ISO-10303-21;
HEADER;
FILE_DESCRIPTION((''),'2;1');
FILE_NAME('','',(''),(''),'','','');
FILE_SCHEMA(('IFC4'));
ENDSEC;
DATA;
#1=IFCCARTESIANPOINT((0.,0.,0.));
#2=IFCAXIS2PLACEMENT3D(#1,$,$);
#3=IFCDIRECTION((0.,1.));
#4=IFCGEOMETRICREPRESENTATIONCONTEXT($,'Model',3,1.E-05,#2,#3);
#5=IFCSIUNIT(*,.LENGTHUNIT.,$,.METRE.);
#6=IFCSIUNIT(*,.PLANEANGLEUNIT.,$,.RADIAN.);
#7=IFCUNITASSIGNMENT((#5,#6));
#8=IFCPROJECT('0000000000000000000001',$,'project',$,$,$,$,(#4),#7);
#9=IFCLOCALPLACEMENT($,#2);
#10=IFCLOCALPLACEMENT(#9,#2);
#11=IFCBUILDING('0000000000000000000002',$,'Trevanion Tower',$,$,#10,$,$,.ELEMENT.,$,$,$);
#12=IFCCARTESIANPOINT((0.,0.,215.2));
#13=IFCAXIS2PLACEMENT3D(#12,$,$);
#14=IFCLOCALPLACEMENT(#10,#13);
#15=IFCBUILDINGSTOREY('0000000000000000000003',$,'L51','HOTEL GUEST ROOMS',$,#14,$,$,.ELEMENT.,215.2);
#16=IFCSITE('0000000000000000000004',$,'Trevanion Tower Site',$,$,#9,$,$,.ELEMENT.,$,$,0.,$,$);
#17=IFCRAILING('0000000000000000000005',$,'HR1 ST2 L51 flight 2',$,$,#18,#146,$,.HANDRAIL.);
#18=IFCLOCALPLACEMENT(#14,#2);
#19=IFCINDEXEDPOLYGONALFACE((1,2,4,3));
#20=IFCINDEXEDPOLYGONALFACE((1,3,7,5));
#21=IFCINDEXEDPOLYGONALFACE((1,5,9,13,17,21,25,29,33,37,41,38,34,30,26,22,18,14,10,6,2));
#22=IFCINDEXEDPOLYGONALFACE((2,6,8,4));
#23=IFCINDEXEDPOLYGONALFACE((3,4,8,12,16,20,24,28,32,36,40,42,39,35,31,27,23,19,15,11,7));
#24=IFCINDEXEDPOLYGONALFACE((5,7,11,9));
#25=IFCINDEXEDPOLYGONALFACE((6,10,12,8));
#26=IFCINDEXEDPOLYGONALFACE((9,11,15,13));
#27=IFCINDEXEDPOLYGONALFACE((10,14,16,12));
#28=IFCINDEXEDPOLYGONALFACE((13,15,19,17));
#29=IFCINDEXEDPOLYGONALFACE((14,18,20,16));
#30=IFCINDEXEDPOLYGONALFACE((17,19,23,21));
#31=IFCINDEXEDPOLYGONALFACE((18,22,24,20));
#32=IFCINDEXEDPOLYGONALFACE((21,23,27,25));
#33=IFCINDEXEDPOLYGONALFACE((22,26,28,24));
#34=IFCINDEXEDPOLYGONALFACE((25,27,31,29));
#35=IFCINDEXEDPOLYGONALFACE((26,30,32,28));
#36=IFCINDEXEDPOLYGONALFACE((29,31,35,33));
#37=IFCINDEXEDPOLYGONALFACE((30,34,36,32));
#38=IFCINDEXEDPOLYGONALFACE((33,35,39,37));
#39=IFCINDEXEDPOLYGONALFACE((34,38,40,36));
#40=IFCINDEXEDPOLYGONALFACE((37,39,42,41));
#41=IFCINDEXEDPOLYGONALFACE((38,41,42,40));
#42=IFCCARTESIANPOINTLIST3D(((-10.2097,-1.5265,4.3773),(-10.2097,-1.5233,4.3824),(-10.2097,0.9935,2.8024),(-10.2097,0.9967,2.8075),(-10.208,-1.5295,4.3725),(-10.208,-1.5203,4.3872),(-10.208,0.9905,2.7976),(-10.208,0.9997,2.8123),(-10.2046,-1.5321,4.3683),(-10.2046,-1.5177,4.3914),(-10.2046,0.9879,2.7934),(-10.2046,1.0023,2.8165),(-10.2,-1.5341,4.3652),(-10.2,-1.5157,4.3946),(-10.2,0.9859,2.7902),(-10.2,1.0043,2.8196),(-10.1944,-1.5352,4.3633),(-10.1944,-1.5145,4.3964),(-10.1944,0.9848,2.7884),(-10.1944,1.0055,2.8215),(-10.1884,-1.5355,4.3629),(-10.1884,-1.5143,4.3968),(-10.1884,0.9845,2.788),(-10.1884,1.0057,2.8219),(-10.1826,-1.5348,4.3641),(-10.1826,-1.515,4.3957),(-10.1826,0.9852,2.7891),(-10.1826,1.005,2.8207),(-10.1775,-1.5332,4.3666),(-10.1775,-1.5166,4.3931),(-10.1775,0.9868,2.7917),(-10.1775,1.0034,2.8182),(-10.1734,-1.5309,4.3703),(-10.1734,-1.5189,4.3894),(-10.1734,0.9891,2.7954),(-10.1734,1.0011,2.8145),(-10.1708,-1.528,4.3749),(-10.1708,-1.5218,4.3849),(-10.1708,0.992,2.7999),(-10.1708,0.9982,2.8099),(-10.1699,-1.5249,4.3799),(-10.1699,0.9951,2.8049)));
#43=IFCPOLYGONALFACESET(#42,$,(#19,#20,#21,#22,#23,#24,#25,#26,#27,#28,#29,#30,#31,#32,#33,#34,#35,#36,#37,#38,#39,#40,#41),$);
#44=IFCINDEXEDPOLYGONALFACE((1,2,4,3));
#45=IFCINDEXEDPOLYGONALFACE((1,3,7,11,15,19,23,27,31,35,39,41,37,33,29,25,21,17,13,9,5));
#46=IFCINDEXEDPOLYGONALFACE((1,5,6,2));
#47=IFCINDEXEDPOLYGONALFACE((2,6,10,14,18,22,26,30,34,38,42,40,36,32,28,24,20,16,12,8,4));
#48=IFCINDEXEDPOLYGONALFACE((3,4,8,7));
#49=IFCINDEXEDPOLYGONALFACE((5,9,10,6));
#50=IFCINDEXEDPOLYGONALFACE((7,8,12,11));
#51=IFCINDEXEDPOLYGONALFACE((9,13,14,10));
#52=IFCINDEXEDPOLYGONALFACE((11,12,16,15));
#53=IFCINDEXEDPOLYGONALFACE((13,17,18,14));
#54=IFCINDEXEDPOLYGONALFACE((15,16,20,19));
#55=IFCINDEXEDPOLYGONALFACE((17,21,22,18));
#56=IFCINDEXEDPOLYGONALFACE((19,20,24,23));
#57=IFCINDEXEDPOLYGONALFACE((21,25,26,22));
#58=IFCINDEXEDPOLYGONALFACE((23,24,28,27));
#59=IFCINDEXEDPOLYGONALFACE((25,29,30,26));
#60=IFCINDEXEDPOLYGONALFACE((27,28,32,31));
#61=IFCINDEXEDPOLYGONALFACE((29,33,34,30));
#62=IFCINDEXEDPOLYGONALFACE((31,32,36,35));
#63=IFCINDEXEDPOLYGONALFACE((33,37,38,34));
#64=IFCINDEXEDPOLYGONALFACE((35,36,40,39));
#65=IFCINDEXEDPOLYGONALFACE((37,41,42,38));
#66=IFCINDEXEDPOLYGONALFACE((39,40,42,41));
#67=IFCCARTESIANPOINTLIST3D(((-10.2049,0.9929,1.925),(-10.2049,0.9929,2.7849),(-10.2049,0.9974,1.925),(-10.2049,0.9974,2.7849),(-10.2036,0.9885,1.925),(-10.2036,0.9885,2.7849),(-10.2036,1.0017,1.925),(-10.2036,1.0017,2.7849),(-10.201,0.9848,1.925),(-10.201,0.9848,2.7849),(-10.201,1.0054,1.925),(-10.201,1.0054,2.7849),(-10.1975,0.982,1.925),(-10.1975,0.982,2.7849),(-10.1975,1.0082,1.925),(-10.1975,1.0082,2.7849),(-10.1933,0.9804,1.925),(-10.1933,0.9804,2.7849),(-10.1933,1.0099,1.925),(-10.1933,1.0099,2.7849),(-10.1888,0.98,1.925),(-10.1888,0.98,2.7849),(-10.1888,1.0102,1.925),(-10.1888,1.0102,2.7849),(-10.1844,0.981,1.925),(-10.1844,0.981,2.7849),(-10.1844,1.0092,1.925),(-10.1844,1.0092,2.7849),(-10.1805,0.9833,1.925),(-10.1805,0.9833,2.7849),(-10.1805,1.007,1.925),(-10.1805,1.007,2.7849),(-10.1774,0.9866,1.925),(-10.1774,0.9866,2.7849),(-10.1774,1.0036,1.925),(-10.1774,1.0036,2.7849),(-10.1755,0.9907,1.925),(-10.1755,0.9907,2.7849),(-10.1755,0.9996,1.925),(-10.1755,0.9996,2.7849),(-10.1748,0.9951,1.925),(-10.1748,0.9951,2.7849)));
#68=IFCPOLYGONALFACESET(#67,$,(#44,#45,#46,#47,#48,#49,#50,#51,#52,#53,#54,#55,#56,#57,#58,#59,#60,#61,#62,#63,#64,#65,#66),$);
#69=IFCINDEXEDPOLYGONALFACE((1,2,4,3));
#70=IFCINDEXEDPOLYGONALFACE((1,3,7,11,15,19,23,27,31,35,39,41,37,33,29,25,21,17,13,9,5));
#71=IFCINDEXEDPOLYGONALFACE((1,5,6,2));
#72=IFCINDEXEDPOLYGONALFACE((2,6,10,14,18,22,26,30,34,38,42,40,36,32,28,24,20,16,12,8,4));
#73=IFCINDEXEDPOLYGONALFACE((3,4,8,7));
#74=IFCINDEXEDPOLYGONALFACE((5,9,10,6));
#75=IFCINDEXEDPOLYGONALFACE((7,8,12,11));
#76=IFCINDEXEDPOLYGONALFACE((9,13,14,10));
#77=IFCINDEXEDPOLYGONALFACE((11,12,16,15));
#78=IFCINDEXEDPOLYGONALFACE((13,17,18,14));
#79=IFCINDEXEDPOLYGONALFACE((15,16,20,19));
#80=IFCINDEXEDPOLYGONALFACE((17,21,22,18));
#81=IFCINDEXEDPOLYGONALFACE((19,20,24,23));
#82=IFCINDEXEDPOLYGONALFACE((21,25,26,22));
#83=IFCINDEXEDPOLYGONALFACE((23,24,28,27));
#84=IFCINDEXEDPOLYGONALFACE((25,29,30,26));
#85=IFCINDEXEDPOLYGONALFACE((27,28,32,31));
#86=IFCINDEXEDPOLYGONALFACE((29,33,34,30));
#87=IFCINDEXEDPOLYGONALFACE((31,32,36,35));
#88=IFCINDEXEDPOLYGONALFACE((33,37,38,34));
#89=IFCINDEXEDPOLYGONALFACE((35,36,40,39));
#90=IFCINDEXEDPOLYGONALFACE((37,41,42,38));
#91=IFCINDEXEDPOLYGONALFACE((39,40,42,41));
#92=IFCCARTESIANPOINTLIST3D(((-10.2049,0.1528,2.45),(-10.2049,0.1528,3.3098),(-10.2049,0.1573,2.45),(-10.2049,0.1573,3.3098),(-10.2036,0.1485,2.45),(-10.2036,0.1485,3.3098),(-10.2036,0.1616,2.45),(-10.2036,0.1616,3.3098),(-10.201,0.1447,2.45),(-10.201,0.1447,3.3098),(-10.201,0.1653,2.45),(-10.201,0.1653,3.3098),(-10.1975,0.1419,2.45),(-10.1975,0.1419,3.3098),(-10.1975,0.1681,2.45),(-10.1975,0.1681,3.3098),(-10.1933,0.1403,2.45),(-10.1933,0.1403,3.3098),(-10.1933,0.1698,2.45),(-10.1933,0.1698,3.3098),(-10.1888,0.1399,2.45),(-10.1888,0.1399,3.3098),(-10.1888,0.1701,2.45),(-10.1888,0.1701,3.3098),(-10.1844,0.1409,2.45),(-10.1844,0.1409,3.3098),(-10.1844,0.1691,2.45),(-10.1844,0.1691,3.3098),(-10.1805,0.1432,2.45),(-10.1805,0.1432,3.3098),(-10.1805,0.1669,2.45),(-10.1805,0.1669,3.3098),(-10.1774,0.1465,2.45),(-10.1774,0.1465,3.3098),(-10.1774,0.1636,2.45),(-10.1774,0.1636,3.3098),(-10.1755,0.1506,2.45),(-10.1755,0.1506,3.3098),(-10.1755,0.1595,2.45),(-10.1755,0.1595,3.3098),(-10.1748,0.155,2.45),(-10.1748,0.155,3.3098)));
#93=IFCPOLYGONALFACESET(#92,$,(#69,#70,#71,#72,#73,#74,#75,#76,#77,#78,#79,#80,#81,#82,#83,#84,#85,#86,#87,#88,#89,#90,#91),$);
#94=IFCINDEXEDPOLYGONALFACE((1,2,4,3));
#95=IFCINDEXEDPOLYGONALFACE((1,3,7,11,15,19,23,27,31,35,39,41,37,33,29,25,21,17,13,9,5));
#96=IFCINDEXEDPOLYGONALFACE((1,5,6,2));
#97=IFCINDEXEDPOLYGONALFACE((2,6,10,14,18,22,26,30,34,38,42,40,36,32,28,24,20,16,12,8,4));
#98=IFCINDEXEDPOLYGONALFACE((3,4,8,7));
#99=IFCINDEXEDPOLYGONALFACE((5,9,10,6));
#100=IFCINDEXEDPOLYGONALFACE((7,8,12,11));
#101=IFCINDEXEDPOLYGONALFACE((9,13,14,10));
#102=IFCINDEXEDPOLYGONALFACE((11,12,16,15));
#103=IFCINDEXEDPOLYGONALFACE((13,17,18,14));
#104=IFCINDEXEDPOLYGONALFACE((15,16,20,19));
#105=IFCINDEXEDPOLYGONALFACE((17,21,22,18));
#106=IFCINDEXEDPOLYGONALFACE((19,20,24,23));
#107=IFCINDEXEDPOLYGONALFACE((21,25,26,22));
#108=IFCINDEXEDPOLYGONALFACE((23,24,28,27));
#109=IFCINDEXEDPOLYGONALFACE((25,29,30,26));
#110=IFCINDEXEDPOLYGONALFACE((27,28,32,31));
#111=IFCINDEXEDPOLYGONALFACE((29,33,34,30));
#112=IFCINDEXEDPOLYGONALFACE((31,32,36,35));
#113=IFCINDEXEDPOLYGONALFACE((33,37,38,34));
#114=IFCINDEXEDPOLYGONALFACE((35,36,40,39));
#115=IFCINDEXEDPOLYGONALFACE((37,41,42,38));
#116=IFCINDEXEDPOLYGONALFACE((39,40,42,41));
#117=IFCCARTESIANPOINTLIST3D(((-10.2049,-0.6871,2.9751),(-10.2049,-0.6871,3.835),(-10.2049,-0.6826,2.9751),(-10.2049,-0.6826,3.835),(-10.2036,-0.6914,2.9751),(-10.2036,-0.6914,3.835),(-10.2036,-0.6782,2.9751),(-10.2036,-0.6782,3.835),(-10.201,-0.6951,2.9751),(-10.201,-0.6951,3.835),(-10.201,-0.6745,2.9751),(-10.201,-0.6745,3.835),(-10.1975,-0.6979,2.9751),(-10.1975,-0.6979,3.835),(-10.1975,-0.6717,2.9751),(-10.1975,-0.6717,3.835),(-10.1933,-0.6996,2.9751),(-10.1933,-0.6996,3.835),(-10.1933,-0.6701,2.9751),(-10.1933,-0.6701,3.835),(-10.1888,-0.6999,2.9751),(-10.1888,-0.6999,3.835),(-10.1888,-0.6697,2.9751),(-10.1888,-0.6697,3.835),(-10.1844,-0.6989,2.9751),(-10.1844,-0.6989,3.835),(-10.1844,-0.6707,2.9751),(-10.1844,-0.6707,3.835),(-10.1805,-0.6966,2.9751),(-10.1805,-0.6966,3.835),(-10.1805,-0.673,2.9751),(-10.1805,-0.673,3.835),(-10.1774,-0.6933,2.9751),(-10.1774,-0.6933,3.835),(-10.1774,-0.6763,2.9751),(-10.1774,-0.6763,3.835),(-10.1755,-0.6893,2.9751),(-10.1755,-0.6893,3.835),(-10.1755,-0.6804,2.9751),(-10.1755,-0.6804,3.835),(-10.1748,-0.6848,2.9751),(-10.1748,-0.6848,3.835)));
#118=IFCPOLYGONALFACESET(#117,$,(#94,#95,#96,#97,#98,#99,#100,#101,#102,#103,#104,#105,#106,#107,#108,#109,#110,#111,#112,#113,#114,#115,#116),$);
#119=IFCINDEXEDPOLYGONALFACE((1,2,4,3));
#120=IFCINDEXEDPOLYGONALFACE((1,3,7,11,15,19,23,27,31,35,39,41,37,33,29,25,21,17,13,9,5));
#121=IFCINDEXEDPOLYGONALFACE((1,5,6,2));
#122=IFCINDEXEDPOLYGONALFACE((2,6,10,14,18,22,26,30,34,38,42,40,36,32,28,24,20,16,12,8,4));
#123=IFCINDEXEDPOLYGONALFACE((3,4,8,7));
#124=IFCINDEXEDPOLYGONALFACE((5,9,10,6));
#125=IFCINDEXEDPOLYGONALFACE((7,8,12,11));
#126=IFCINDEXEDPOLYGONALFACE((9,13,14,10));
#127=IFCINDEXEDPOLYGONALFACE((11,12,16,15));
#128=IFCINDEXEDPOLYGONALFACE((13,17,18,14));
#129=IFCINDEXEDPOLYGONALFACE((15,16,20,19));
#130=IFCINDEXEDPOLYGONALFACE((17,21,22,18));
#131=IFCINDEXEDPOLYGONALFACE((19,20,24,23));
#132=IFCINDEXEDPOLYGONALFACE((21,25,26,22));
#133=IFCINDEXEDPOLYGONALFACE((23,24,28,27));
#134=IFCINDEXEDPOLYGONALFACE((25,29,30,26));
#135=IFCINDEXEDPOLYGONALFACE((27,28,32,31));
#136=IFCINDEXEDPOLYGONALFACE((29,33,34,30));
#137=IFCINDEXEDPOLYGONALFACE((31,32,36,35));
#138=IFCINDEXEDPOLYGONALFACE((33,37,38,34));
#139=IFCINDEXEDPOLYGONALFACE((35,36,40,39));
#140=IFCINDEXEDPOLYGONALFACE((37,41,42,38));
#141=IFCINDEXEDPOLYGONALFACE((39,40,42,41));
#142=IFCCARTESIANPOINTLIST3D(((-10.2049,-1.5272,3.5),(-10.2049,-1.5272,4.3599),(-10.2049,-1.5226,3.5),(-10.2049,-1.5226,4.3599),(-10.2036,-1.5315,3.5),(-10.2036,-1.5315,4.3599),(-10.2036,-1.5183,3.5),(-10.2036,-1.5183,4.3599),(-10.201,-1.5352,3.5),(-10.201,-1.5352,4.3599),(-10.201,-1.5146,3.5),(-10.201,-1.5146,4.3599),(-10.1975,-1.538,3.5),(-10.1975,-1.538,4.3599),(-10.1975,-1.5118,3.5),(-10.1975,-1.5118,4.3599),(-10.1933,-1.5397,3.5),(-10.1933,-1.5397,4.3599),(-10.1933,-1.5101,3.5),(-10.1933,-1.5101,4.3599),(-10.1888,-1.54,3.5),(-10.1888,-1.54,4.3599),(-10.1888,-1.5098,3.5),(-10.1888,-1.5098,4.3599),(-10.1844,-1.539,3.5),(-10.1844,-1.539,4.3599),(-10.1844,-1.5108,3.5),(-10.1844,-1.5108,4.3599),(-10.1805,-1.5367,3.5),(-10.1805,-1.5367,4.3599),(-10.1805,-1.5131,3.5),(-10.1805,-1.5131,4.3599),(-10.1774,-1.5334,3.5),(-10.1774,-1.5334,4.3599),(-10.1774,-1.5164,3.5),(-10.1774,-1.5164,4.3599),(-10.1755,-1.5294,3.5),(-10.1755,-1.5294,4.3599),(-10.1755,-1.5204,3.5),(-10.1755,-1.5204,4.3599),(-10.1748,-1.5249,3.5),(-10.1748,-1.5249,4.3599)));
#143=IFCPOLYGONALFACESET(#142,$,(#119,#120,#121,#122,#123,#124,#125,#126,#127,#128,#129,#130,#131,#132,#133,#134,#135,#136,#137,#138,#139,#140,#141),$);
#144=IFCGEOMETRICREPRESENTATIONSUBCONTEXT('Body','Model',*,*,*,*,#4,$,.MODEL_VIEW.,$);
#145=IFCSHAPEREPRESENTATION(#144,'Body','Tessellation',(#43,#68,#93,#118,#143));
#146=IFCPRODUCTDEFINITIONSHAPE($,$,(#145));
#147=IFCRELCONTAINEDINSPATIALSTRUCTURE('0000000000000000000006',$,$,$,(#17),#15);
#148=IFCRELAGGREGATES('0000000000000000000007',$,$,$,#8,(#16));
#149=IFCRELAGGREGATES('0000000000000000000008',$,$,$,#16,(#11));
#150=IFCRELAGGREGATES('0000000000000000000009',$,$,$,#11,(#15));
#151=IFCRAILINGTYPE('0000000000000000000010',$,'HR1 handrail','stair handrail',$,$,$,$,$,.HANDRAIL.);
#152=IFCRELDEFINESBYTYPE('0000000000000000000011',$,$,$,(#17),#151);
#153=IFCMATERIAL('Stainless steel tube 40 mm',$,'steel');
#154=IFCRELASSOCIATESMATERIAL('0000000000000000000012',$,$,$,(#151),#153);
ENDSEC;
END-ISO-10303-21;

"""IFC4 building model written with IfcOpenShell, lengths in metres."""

from ifc_helpers import new_model, si_unit, direction, frame, origin, origin_2d, place, context, subcontext, project, spatial, circle, extrude, material, type_object, element, save


model = new_model("IFC4")

# Units and contexts
model_context = context("Model", 3, precision=1e-05, world=origin(), true_north=direction((0.0, 1.0)))
body_context = subcontext(model_context, "Body", "Model", "MODEL_VIEW")
ifc_project = project(units=[si_unit("LENGTHUNIT", "METRE"), si_unit("PLANEANGLEUNIT", "RADIAN")], contexts=[model_context])

# Site, building, storey
site_placement = place(None, origin())
site = spatial("IfcSite", under=ifc_project, at=site_placement, Name="Trevanion Tower Site", CompositionType="ELEMENT", RefElevation=0.0)
building_placement = place(site_placement, origin())
building = spatial("IfcBuilding", under=site, at=building_placement, Name="Trevanion Tower", CompositionType="ELEMENT")
storey_placement = place(building_placement, frame((0.0, 0.0, 215.2)))
storey = spatial("IfcBuildingStorey", under=building, at=storey_placement, Name="L51", Description="HOTEL GUEST ROOMS", CompositionType="ELEMENT", Elevation=215.2)

# Railing
ifc_material_1 = material(Name="Stainless steel tube 40 mm", Category="steel")
railing_type = type_object("IfcRailingType", Name="HR1 handrail", Description="stair handrail", PredefinedType="HANDRAIL", material=ifc_material_1)
railing_placement = place(storey_placement, frame((-10.1899, 0.9951, 1.925)))
element("IfcRailing", 1, at=railing_placement, inside=storey, type_object=railing_type, Name="HR1 ST2 L51 flight 2", PredefinedType="HANDRAIL", context=body_context, shape_type="SweptSolid", body=[
    extrude(circle(Radius=0.02, at=origin_2d()), frame((0.0, 0.0, 0.8799), z_axis=(0.0, -0.848008, 0.529984), x_axis=(1.0, 0.0, 0.0)), (0.0, 0.0, 1.0), 2.9717),
    extrude(circle(Radius=0.0151, at=origin_2d()), origin(), (0.0, 0.0, 1.0), 0.8599),
    extrude(circle(Radius=0.0151, at=origin_2d()), frame((0.0, -0.8401, 0.5249)), (0.0, 0.0, 1.0), 0.8599),
    extrude(circle(Radius=0.0151, at=origin_2d()), frame((0.0, -1.6799, 1.05)), (0.0, 0.0, 1.0), 0.8599),
    extrude(circle(Radius=0.0151, at=origin_2d()), frame((0.0, -2.52, 1.575)), (0.0, 0.0, 1.0), 0.8599),
])

save(model, "model.ifc")
